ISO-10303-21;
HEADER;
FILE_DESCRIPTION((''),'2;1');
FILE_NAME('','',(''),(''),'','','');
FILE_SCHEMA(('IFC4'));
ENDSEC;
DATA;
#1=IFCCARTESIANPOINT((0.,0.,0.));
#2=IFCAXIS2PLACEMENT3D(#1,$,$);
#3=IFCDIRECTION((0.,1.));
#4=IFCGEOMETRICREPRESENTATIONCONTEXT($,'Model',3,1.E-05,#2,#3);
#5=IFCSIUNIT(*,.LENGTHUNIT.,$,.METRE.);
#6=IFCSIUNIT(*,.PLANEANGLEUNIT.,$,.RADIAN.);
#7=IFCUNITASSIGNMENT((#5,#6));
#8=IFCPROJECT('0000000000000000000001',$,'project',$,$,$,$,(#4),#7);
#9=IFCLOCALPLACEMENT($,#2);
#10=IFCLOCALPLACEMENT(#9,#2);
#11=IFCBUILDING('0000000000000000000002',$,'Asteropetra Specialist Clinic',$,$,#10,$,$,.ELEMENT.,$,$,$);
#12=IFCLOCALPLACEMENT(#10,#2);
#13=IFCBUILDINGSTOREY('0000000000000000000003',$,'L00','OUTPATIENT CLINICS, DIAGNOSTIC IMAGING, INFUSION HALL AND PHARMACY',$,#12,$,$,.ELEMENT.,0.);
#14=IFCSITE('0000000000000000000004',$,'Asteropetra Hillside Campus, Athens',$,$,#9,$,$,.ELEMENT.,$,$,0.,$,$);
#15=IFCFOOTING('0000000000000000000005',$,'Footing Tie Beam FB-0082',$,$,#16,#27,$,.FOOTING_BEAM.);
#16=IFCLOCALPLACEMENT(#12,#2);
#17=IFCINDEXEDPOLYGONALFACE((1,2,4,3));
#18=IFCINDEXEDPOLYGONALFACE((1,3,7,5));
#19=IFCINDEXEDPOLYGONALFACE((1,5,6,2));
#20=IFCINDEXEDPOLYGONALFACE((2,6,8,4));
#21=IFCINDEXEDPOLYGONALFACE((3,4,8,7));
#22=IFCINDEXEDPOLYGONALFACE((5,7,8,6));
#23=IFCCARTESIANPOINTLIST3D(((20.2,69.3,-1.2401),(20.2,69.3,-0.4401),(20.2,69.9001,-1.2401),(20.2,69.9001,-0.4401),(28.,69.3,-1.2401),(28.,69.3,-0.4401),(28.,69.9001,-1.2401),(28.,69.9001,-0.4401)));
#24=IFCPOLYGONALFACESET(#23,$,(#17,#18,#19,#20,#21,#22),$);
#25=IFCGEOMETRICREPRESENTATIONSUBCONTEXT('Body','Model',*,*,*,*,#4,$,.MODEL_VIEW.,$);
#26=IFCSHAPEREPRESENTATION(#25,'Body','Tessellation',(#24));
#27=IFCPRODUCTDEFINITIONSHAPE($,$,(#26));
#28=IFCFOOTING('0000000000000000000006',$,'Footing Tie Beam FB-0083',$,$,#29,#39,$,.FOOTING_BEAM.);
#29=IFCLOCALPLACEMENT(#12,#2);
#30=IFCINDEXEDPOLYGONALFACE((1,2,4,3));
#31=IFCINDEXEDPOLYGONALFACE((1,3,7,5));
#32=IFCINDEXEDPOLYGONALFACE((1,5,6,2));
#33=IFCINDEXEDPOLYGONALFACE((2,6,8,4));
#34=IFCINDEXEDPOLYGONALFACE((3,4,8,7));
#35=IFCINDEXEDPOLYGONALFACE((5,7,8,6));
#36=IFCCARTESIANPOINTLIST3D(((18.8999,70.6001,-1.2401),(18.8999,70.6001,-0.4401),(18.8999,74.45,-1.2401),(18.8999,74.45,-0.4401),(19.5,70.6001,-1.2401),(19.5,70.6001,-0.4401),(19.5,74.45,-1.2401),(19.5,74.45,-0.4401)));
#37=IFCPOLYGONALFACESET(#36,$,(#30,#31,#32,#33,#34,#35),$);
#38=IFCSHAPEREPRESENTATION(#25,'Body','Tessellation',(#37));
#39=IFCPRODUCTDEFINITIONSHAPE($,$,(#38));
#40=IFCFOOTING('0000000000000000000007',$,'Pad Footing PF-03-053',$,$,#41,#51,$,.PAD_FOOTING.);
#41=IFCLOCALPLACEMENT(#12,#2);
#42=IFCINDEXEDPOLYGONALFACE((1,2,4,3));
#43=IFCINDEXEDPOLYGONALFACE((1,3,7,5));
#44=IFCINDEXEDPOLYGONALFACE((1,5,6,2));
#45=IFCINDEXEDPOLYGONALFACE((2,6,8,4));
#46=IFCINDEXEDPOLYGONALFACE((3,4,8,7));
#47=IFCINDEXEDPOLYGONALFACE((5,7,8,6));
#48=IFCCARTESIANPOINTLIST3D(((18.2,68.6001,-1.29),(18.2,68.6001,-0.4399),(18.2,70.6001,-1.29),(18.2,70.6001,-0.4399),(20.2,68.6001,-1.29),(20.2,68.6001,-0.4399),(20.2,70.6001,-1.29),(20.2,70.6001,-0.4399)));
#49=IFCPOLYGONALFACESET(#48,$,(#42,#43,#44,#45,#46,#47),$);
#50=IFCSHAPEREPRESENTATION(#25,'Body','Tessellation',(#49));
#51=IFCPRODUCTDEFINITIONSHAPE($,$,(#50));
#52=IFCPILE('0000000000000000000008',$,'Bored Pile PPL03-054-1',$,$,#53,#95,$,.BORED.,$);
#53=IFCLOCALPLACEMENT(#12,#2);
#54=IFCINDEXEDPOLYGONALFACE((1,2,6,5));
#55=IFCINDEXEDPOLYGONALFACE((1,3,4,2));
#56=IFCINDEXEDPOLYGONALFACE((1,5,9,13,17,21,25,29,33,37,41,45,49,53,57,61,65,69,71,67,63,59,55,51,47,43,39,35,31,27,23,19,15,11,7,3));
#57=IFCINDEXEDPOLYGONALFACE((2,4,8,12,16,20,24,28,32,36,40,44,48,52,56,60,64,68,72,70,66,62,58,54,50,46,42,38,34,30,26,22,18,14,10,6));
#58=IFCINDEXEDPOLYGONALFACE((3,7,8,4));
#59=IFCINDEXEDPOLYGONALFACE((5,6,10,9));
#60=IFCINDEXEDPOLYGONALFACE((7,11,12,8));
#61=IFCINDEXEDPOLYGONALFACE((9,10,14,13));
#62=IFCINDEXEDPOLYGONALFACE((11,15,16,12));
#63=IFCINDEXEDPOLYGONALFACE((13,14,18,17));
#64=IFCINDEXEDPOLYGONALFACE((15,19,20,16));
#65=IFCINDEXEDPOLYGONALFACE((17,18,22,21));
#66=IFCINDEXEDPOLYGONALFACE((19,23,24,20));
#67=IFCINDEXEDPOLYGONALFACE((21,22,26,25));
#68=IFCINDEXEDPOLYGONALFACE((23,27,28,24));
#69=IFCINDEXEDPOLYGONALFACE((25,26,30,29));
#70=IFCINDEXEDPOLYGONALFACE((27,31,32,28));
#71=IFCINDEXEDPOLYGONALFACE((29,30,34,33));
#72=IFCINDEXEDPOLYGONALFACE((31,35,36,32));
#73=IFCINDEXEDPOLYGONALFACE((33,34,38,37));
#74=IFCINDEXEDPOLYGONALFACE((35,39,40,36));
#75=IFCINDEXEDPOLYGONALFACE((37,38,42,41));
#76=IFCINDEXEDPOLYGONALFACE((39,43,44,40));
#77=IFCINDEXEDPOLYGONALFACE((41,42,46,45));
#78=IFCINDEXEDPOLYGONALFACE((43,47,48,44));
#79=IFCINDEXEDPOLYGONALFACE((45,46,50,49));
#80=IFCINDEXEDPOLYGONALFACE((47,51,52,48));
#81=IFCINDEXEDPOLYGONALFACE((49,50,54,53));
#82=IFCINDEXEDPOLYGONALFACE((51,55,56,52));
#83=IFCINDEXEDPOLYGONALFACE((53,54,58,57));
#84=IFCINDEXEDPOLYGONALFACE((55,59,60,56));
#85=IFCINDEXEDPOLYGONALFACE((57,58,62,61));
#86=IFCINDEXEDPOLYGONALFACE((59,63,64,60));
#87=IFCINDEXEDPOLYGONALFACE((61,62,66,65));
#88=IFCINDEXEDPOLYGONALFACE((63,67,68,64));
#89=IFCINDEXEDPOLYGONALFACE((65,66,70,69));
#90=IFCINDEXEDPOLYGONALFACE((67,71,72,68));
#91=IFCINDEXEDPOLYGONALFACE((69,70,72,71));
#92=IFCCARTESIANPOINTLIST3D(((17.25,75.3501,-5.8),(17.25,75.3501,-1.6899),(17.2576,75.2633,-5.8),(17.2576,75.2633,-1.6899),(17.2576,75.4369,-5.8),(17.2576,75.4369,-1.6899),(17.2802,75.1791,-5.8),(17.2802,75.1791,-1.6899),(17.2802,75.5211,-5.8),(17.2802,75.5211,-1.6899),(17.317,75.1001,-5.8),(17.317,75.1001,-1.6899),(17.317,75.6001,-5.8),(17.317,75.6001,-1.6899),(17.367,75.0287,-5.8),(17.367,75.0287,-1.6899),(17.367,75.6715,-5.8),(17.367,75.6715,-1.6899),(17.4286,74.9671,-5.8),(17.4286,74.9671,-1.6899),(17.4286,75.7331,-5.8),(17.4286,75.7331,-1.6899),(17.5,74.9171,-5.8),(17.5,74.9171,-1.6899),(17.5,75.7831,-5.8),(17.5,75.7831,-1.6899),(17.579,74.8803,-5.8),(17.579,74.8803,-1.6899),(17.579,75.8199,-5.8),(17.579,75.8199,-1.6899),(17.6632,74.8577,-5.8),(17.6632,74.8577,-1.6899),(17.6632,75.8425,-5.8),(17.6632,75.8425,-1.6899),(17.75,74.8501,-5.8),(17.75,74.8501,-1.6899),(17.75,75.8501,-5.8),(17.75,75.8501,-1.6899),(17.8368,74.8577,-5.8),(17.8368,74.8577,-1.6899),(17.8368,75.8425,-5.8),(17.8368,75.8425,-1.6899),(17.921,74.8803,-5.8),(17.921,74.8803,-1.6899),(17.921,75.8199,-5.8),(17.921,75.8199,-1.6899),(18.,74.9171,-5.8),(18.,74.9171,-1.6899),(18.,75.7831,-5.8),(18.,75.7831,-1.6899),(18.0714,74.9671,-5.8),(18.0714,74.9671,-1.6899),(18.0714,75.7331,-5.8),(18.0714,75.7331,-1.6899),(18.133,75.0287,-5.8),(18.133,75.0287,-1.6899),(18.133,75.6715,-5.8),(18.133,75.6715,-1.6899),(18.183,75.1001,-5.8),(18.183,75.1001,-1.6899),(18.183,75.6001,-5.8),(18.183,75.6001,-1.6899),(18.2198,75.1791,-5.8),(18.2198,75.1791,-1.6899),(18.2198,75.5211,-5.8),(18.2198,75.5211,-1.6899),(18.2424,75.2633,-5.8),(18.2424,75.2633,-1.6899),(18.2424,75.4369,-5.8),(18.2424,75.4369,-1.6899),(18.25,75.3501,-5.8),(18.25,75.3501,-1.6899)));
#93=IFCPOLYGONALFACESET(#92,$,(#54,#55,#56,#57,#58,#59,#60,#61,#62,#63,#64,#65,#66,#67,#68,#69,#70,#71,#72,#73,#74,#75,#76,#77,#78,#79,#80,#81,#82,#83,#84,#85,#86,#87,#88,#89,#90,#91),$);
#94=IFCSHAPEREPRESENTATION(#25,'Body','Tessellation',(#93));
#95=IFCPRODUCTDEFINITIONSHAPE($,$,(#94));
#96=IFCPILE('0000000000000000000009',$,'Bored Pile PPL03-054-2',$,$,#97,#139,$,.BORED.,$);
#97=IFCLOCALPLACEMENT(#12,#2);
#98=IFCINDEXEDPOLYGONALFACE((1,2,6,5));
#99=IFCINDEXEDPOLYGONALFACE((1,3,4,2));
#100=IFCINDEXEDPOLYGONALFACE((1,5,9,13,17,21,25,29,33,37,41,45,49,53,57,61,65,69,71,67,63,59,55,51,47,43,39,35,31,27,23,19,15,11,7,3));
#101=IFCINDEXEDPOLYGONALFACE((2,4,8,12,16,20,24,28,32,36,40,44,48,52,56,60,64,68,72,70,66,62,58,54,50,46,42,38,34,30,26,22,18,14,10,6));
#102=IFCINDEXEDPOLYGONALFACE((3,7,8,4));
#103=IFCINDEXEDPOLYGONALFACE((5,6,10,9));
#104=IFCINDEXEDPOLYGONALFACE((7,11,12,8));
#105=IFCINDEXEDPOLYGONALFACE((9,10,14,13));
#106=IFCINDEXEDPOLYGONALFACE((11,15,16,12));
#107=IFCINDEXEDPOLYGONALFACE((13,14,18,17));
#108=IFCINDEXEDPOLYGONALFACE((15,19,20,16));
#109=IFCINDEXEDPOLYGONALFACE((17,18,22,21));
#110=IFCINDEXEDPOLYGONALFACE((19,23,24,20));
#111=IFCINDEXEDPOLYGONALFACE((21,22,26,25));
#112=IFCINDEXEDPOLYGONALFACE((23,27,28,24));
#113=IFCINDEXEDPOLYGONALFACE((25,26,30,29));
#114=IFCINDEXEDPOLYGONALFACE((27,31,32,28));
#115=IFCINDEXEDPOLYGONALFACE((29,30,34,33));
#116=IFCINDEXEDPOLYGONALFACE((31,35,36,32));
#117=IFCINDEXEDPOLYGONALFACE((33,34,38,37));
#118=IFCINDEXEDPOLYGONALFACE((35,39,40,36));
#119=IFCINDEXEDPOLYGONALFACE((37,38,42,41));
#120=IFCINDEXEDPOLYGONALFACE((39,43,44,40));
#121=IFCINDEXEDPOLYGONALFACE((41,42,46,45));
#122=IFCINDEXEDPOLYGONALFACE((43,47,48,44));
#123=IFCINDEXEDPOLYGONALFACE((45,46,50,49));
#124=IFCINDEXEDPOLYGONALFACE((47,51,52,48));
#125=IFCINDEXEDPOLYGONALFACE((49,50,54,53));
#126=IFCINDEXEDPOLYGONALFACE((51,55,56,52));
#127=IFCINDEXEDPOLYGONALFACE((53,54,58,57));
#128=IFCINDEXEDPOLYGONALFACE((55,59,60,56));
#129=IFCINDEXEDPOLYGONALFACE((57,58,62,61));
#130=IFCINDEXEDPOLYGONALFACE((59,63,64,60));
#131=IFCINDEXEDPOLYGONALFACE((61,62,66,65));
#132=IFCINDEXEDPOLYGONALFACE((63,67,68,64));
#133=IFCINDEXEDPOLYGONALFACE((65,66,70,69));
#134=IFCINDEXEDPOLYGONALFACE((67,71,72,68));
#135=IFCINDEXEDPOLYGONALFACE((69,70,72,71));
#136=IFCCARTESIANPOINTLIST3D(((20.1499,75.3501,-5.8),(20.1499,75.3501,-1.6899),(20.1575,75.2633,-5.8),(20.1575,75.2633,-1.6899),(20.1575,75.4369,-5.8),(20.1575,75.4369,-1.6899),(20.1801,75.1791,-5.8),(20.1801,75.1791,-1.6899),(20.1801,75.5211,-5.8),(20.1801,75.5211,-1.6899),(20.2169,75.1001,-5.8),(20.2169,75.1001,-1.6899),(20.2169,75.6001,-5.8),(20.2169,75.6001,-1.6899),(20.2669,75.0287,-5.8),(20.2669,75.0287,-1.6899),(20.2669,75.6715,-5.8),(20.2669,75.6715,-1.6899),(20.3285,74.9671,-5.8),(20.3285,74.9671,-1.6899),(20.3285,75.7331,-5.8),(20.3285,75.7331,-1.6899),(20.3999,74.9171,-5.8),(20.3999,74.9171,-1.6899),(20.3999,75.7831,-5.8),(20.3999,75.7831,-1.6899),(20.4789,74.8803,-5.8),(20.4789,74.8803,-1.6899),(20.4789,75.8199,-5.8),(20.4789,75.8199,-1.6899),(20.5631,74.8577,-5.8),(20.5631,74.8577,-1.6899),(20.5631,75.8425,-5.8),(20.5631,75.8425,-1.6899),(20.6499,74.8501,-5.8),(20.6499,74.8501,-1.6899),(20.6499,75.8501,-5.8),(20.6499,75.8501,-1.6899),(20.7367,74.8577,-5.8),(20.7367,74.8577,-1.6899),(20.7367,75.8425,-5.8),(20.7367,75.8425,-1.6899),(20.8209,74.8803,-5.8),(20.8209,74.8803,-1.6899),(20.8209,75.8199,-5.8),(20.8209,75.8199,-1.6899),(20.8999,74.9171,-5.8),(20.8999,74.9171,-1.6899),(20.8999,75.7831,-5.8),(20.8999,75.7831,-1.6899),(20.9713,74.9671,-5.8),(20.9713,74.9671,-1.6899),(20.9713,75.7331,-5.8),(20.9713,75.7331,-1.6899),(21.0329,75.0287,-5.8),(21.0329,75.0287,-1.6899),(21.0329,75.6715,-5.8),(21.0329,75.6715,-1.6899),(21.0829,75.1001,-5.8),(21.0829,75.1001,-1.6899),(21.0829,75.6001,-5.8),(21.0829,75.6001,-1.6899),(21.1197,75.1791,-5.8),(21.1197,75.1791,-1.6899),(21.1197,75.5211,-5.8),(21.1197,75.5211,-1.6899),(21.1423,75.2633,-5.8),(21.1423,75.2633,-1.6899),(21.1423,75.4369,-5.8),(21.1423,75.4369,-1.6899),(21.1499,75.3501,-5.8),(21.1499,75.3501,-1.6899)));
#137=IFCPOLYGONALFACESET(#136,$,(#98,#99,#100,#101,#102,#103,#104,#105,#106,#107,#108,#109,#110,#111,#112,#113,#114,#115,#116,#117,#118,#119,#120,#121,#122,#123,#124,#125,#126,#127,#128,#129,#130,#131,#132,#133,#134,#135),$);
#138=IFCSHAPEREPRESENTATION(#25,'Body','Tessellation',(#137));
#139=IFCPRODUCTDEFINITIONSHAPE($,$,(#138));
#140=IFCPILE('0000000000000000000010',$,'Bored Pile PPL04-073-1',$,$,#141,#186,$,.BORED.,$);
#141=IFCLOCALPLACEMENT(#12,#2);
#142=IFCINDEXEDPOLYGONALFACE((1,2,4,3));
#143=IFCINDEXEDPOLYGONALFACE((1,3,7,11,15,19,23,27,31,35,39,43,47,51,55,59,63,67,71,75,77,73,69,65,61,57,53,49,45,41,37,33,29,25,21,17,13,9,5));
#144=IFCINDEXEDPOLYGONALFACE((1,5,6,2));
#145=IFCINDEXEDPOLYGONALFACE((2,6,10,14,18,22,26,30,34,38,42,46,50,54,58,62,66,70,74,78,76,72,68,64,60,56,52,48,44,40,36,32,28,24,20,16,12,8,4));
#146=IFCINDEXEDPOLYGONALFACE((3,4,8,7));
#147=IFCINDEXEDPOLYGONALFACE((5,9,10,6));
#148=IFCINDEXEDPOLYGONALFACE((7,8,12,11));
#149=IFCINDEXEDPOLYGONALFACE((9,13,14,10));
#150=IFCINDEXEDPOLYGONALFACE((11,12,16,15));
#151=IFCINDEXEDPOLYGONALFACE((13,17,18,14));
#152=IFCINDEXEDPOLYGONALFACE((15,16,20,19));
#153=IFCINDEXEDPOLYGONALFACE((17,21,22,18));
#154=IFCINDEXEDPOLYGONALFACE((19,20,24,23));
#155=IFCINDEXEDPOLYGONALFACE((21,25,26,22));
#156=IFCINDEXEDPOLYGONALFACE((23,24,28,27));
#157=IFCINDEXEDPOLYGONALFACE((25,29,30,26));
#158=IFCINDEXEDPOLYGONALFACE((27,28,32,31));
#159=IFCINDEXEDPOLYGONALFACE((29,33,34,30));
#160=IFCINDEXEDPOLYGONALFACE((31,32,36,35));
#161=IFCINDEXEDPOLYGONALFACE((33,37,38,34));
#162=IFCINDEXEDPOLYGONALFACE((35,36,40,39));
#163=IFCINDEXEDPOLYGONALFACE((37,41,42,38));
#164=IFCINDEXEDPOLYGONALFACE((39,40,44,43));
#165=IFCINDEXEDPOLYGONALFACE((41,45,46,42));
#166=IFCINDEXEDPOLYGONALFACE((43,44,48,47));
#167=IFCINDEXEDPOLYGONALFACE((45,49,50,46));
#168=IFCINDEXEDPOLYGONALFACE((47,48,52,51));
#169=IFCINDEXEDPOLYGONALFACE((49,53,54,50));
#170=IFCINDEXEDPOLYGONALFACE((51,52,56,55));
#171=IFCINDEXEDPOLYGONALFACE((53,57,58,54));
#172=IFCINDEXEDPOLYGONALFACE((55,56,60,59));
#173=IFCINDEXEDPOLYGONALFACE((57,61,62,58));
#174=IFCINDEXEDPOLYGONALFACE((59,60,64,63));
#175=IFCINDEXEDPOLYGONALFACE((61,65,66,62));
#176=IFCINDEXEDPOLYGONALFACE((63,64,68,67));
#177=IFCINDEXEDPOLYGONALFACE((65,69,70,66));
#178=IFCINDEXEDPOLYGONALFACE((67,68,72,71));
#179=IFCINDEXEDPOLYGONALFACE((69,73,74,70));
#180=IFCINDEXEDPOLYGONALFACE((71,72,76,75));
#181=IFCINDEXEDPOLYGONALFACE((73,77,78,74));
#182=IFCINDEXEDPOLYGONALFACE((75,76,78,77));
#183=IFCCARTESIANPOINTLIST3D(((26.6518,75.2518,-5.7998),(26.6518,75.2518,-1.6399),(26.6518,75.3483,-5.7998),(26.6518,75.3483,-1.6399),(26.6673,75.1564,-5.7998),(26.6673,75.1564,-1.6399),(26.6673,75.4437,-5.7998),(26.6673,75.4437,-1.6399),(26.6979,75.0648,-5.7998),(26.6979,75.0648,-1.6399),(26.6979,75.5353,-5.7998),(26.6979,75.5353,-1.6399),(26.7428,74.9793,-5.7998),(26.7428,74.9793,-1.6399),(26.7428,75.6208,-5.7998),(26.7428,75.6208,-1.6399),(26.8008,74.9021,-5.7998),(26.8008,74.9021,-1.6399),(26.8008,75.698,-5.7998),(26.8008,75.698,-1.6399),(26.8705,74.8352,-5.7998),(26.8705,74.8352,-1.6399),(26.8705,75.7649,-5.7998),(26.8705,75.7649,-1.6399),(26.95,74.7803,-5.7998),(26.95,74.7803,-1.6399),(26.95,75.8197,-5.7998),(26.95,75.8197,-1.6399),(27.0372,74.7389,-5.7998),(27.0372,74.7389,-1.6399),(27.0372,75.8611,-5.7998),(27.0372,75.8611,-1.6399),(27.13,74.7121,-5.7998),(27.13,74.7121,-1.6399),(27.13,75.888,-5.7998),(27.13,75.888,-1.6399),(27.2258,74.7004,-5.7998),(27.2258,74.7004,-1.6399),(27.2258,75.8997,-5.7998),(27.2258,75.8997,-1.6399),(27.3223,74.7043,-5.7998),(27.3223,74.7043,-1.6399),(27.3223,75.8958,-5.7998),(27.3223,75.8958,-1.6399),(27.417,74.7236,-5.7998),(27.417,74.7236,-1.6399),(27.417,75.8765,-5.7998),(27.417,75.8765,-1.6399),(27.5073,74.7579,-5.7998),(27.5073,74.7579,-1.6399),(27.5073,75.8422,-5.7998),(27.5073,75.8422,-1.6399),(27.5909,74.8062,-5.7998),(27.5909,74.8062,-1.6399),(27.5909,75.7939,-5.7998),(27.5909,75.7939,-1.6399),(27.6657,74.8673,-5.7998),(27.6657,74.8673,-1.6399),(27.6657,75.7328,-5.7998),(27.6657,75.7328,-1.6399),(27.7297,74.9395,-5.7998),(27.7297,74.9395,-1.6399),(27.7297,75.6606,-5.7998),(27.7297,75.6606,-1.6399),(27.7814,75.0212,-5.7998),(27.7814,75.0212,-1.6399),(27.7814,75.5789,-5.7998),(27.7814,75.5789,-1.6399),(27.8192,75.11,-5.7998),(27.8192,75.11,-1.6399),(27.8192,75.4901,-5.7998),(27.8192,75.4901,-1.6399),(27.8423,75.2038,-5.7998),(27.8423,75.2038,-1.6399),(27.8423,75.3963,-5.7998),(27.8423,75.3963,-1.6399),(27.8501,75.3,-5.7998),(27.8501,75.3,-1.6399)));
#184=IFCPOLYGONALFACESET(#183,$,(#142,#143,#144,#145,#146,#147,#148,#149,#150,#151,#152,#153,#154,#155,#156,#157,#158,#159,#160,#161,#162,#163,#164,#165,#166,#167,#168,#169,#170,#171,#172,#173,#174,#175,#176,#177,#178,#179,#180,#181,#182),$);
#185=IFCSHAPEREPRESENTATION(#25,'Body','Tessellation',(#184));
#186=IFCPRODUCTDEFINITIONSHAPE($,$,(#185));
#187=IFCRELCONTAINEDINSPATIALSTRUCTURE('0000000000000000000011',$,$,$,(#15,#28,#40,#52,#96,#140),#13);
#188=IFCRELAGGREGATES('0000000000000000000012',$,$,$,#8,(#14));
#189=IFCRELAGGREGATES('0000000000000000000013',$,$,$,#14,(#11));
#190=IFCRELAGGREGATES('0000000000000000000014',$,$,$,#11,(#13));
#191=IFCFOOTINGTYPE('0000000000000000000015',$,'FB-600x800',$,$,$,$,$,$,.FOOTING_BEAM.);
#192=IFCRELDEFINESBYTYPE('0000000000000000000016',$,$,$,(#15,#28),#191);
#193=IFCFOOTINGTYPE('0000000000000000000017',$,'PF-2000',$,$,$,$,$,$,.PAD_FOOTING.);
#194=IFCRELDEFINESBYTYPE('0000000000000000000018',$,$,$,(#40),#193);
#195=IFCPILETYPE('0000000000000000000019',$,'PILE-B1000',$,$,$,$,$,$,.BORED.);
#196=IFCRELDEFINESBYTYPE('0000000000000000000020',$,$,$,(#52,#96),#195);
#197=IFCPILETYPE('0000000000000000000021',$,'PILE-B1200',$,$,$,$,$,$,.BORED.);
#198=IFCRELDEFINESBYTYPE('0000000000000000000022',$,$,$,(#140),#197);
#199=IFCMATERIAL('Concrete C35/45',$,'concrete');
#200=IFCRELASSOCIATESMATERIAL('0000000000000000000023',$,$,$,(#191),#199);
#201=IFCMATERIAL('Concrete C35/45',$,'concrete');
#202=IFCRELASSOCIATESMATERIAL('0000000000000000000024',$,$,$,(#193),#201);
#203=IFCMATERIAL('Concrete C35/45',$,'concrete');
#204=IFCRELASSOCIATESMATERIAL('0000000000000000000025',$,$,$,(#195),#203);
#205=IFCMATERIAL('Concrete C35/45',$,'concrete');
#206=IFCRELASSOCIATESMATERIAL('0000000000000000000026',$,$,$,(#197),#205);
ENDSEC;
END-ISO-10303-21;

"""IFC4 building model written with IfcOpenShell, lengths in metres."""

from ifc_helpers import new_model, si_unit, direction, frame, origin, origin_2d, place, context, subcontext, project, spatial, rectangle, circle, extrude, material, material_profile, profile_set, type_object, element, save


model = new_model("IFC4")

# Units and contexts
model_context = context("Model", 3, precision=1e-05, world=origin(), true_north=direction((0.0, 1.0)))
body_context = subcontext(model_context, "Body", "Model", "MODEL_VIEW")
ifc_project = project(units=[si_unit("LENGTHUNIT", "METRE"), si_unit("PLANEANGLEUNIT", "RADIAN")], contexts=[model_context])

# Site, building, storey
site_placement = place(None, origin())
site = spatial("IfcSite", under=ifc_project, at=site_placement, Name="Asteropetra Hillside Campus, Athens", CompositionType="ELEMENT", RefElevation=0.0)
building_placement = place(site_placement, origin())
building = spatial("IfcBuilding", under=site, at=building_placement, Name="Asteropetra Specialist Clinic", CompositionType="ELEMENT")
storey_placement = place(building_placement, origin())
storey = spatial("IfcBuildingStorey", under=building, at=storey_placement, Name="L00", Description="OUTPATIENT CLINICS, DIAGNOSTIC IMAGING, INFUSION HALL AND PHARMACY", CompositionType="ELEMENT", Elevation=0.0)

# Footings
ifc_material_1 = material(Name="Concrete C35/45", Category="concrete")
ifc_material_profile_1 = material_profile(ifc_material_1, rectangle(XDim=0.6001, YDim=0.8, at=origin_2d()), Name="FB 600x800")
ifc_profile_set_1 = profile_set([ifc_material_profile_1], Name="Concrete C35/45")
footing_type_1 = type_object("IfcFootingType", Name="FB-600x800", PredefinedType="FOOTING_BEAM", material=ifc_profile_set_1)
footing_1_placement = place(storey_placement, frame((20.2, 69.6001, -0.8401), z_axis=(1.0, 0.0, 0.0), x_axis=(0.0, 1.0, 0.0)))
element("IfcFooting", 1, at=footing_1_placement, inside=storey, type_object=footing_type_1, Name="Footing Tie Beam FB-0082", PredefinedType="FOOTING_BEAM", context=body_context, shape_type="SweptSolid", body=[
    extrude(rectangle(XDim=0.6001, YDim=0.8, at=origin_2d()), origin(), (0.0, 0.0, 1.0), 7.8),
])
footing_2_placement = place(storey_placement, frame((19.2, 70.6001, -0.8401), z_axis=(0.0, 1.0, 0.0), x_axis=(-1.0, 0.0, 0.0)))
element("IfcFooting", 2, at=footing_2_placement, inside=storey, type_object=footing_type_1, Name="Footing Tie Beam FB-0083", PredefinedType="FOOTING_BEAM", context=body_context, shape_type="SweptSolid", body=[
    extrude(rectangle(XDim=0.6001, YDim=0.8, at=origin_2d()), origin(), (0.0, 0.0, 1.0), 3.8499),
])
ifc_material_2 = material(Name="Concrete C35/45", Category="concrete")
footing_type_2 = type_object("IfcFootingType", Name="PF-2000", PredefinedType="PAD_FOOTING", material=ifc_material_2)
footing_3_placement = place(storey_placement, frame((19.2, 69.6001, -1.29), z_axis=(0.0, 0.0, 1.0), x_axis=(1.0, 0.0, 0.0)))
element("IfcFooting", 3, at=footing_3_placement, inside=storey, type_object=footing_type_2, Name="Pad Footing PF-03-053", PredefinedType="PAD_FOOTING", context=body_context, shape_type="SweptSolid", body=[
    extrude(rectangle(XDim=2.0, YDim=2.0, at=origin_2d()), origin(), (0.0, 0.0, 1.0), 0.8501),
])

# Piles
ifc_material_3 = material(Name="Concrete C35/45", Category="concrete")
ifc_material_profile_2 = material_profile(ifc_material_3, circle(Radius=0.5, at=origin_2d()), Name="PILE D1000")
ifc_profile_set_2 = profile_set([ifc_material_profile_2], Name="Concrete C35/45")
pile_type_1 = type_object("IfcPileType", Name="PILE-B1000", PredefinedType="BORED", material=ifc_profile_set_2)
for number, where, z_axis, x_axis, name in (
    (4, (17.75, 75.3501, -1.6899), (0.0, 0.0, -1.0), (1.0, 0.0, 0.0), "Bored Pile PPL03-054-1"),
    (5, (20.6499, 75.3501, -1.6899), (0.0, 0.0, -1.0), (1.0, 0.0, 0.0), "Bored Pile PPL03-054-2"),
):
    element("IfcPile", number, at=place(storey_placement, frame(where, z_axis=z_axis, x_axis=x_axis)), inside=storey, type_object=pile_type_1, Name=name, PredefinedType="BORED", context=body_context, shape_type="SweptSolid", body=[
        extrude(circle(Radius=0.5, at=origin_2d()), origin(), (0.0, 0.0, 1.0), 4.1101),
    ])
ifc_material_4 = material(Name="Concrete C35/45", Category="concrete")
ifc_material_profile_3 = material_profile(ifc_material_4, circle(Radius=0.6001, at=origin_2d()), Name="PILE D1200")
ifc_profile_set_3 = profile_set([ifc_material_profile_3], Name="Concrete C35/45")
pile_type_2 = type_object("IfcPileType", Name="PILE-B1200", PredefinedType="BORED", material=ifc_profile_set_3)
pile_placement = place(storey_placement, frame((27.25, 75.3, -1.6399), z_axis=(0.0, 0.0, -1.0), x_axis=(1.0, 0.0, 0.0)))
element("IfcPile", 6, at=pile_placement, inside=storey, type_object=pile_type_2, Name="Bored Pile PPL04-073-1", PredefinedType="BORED", context=body_context, shape_type="SweptSolid", body=[
    extrude(circle(Radius=0.6001, at=origin_2d()), origin(), (0.0, 0.0, 1.0), 4.1599),
])

save(model, "model.ifc")
